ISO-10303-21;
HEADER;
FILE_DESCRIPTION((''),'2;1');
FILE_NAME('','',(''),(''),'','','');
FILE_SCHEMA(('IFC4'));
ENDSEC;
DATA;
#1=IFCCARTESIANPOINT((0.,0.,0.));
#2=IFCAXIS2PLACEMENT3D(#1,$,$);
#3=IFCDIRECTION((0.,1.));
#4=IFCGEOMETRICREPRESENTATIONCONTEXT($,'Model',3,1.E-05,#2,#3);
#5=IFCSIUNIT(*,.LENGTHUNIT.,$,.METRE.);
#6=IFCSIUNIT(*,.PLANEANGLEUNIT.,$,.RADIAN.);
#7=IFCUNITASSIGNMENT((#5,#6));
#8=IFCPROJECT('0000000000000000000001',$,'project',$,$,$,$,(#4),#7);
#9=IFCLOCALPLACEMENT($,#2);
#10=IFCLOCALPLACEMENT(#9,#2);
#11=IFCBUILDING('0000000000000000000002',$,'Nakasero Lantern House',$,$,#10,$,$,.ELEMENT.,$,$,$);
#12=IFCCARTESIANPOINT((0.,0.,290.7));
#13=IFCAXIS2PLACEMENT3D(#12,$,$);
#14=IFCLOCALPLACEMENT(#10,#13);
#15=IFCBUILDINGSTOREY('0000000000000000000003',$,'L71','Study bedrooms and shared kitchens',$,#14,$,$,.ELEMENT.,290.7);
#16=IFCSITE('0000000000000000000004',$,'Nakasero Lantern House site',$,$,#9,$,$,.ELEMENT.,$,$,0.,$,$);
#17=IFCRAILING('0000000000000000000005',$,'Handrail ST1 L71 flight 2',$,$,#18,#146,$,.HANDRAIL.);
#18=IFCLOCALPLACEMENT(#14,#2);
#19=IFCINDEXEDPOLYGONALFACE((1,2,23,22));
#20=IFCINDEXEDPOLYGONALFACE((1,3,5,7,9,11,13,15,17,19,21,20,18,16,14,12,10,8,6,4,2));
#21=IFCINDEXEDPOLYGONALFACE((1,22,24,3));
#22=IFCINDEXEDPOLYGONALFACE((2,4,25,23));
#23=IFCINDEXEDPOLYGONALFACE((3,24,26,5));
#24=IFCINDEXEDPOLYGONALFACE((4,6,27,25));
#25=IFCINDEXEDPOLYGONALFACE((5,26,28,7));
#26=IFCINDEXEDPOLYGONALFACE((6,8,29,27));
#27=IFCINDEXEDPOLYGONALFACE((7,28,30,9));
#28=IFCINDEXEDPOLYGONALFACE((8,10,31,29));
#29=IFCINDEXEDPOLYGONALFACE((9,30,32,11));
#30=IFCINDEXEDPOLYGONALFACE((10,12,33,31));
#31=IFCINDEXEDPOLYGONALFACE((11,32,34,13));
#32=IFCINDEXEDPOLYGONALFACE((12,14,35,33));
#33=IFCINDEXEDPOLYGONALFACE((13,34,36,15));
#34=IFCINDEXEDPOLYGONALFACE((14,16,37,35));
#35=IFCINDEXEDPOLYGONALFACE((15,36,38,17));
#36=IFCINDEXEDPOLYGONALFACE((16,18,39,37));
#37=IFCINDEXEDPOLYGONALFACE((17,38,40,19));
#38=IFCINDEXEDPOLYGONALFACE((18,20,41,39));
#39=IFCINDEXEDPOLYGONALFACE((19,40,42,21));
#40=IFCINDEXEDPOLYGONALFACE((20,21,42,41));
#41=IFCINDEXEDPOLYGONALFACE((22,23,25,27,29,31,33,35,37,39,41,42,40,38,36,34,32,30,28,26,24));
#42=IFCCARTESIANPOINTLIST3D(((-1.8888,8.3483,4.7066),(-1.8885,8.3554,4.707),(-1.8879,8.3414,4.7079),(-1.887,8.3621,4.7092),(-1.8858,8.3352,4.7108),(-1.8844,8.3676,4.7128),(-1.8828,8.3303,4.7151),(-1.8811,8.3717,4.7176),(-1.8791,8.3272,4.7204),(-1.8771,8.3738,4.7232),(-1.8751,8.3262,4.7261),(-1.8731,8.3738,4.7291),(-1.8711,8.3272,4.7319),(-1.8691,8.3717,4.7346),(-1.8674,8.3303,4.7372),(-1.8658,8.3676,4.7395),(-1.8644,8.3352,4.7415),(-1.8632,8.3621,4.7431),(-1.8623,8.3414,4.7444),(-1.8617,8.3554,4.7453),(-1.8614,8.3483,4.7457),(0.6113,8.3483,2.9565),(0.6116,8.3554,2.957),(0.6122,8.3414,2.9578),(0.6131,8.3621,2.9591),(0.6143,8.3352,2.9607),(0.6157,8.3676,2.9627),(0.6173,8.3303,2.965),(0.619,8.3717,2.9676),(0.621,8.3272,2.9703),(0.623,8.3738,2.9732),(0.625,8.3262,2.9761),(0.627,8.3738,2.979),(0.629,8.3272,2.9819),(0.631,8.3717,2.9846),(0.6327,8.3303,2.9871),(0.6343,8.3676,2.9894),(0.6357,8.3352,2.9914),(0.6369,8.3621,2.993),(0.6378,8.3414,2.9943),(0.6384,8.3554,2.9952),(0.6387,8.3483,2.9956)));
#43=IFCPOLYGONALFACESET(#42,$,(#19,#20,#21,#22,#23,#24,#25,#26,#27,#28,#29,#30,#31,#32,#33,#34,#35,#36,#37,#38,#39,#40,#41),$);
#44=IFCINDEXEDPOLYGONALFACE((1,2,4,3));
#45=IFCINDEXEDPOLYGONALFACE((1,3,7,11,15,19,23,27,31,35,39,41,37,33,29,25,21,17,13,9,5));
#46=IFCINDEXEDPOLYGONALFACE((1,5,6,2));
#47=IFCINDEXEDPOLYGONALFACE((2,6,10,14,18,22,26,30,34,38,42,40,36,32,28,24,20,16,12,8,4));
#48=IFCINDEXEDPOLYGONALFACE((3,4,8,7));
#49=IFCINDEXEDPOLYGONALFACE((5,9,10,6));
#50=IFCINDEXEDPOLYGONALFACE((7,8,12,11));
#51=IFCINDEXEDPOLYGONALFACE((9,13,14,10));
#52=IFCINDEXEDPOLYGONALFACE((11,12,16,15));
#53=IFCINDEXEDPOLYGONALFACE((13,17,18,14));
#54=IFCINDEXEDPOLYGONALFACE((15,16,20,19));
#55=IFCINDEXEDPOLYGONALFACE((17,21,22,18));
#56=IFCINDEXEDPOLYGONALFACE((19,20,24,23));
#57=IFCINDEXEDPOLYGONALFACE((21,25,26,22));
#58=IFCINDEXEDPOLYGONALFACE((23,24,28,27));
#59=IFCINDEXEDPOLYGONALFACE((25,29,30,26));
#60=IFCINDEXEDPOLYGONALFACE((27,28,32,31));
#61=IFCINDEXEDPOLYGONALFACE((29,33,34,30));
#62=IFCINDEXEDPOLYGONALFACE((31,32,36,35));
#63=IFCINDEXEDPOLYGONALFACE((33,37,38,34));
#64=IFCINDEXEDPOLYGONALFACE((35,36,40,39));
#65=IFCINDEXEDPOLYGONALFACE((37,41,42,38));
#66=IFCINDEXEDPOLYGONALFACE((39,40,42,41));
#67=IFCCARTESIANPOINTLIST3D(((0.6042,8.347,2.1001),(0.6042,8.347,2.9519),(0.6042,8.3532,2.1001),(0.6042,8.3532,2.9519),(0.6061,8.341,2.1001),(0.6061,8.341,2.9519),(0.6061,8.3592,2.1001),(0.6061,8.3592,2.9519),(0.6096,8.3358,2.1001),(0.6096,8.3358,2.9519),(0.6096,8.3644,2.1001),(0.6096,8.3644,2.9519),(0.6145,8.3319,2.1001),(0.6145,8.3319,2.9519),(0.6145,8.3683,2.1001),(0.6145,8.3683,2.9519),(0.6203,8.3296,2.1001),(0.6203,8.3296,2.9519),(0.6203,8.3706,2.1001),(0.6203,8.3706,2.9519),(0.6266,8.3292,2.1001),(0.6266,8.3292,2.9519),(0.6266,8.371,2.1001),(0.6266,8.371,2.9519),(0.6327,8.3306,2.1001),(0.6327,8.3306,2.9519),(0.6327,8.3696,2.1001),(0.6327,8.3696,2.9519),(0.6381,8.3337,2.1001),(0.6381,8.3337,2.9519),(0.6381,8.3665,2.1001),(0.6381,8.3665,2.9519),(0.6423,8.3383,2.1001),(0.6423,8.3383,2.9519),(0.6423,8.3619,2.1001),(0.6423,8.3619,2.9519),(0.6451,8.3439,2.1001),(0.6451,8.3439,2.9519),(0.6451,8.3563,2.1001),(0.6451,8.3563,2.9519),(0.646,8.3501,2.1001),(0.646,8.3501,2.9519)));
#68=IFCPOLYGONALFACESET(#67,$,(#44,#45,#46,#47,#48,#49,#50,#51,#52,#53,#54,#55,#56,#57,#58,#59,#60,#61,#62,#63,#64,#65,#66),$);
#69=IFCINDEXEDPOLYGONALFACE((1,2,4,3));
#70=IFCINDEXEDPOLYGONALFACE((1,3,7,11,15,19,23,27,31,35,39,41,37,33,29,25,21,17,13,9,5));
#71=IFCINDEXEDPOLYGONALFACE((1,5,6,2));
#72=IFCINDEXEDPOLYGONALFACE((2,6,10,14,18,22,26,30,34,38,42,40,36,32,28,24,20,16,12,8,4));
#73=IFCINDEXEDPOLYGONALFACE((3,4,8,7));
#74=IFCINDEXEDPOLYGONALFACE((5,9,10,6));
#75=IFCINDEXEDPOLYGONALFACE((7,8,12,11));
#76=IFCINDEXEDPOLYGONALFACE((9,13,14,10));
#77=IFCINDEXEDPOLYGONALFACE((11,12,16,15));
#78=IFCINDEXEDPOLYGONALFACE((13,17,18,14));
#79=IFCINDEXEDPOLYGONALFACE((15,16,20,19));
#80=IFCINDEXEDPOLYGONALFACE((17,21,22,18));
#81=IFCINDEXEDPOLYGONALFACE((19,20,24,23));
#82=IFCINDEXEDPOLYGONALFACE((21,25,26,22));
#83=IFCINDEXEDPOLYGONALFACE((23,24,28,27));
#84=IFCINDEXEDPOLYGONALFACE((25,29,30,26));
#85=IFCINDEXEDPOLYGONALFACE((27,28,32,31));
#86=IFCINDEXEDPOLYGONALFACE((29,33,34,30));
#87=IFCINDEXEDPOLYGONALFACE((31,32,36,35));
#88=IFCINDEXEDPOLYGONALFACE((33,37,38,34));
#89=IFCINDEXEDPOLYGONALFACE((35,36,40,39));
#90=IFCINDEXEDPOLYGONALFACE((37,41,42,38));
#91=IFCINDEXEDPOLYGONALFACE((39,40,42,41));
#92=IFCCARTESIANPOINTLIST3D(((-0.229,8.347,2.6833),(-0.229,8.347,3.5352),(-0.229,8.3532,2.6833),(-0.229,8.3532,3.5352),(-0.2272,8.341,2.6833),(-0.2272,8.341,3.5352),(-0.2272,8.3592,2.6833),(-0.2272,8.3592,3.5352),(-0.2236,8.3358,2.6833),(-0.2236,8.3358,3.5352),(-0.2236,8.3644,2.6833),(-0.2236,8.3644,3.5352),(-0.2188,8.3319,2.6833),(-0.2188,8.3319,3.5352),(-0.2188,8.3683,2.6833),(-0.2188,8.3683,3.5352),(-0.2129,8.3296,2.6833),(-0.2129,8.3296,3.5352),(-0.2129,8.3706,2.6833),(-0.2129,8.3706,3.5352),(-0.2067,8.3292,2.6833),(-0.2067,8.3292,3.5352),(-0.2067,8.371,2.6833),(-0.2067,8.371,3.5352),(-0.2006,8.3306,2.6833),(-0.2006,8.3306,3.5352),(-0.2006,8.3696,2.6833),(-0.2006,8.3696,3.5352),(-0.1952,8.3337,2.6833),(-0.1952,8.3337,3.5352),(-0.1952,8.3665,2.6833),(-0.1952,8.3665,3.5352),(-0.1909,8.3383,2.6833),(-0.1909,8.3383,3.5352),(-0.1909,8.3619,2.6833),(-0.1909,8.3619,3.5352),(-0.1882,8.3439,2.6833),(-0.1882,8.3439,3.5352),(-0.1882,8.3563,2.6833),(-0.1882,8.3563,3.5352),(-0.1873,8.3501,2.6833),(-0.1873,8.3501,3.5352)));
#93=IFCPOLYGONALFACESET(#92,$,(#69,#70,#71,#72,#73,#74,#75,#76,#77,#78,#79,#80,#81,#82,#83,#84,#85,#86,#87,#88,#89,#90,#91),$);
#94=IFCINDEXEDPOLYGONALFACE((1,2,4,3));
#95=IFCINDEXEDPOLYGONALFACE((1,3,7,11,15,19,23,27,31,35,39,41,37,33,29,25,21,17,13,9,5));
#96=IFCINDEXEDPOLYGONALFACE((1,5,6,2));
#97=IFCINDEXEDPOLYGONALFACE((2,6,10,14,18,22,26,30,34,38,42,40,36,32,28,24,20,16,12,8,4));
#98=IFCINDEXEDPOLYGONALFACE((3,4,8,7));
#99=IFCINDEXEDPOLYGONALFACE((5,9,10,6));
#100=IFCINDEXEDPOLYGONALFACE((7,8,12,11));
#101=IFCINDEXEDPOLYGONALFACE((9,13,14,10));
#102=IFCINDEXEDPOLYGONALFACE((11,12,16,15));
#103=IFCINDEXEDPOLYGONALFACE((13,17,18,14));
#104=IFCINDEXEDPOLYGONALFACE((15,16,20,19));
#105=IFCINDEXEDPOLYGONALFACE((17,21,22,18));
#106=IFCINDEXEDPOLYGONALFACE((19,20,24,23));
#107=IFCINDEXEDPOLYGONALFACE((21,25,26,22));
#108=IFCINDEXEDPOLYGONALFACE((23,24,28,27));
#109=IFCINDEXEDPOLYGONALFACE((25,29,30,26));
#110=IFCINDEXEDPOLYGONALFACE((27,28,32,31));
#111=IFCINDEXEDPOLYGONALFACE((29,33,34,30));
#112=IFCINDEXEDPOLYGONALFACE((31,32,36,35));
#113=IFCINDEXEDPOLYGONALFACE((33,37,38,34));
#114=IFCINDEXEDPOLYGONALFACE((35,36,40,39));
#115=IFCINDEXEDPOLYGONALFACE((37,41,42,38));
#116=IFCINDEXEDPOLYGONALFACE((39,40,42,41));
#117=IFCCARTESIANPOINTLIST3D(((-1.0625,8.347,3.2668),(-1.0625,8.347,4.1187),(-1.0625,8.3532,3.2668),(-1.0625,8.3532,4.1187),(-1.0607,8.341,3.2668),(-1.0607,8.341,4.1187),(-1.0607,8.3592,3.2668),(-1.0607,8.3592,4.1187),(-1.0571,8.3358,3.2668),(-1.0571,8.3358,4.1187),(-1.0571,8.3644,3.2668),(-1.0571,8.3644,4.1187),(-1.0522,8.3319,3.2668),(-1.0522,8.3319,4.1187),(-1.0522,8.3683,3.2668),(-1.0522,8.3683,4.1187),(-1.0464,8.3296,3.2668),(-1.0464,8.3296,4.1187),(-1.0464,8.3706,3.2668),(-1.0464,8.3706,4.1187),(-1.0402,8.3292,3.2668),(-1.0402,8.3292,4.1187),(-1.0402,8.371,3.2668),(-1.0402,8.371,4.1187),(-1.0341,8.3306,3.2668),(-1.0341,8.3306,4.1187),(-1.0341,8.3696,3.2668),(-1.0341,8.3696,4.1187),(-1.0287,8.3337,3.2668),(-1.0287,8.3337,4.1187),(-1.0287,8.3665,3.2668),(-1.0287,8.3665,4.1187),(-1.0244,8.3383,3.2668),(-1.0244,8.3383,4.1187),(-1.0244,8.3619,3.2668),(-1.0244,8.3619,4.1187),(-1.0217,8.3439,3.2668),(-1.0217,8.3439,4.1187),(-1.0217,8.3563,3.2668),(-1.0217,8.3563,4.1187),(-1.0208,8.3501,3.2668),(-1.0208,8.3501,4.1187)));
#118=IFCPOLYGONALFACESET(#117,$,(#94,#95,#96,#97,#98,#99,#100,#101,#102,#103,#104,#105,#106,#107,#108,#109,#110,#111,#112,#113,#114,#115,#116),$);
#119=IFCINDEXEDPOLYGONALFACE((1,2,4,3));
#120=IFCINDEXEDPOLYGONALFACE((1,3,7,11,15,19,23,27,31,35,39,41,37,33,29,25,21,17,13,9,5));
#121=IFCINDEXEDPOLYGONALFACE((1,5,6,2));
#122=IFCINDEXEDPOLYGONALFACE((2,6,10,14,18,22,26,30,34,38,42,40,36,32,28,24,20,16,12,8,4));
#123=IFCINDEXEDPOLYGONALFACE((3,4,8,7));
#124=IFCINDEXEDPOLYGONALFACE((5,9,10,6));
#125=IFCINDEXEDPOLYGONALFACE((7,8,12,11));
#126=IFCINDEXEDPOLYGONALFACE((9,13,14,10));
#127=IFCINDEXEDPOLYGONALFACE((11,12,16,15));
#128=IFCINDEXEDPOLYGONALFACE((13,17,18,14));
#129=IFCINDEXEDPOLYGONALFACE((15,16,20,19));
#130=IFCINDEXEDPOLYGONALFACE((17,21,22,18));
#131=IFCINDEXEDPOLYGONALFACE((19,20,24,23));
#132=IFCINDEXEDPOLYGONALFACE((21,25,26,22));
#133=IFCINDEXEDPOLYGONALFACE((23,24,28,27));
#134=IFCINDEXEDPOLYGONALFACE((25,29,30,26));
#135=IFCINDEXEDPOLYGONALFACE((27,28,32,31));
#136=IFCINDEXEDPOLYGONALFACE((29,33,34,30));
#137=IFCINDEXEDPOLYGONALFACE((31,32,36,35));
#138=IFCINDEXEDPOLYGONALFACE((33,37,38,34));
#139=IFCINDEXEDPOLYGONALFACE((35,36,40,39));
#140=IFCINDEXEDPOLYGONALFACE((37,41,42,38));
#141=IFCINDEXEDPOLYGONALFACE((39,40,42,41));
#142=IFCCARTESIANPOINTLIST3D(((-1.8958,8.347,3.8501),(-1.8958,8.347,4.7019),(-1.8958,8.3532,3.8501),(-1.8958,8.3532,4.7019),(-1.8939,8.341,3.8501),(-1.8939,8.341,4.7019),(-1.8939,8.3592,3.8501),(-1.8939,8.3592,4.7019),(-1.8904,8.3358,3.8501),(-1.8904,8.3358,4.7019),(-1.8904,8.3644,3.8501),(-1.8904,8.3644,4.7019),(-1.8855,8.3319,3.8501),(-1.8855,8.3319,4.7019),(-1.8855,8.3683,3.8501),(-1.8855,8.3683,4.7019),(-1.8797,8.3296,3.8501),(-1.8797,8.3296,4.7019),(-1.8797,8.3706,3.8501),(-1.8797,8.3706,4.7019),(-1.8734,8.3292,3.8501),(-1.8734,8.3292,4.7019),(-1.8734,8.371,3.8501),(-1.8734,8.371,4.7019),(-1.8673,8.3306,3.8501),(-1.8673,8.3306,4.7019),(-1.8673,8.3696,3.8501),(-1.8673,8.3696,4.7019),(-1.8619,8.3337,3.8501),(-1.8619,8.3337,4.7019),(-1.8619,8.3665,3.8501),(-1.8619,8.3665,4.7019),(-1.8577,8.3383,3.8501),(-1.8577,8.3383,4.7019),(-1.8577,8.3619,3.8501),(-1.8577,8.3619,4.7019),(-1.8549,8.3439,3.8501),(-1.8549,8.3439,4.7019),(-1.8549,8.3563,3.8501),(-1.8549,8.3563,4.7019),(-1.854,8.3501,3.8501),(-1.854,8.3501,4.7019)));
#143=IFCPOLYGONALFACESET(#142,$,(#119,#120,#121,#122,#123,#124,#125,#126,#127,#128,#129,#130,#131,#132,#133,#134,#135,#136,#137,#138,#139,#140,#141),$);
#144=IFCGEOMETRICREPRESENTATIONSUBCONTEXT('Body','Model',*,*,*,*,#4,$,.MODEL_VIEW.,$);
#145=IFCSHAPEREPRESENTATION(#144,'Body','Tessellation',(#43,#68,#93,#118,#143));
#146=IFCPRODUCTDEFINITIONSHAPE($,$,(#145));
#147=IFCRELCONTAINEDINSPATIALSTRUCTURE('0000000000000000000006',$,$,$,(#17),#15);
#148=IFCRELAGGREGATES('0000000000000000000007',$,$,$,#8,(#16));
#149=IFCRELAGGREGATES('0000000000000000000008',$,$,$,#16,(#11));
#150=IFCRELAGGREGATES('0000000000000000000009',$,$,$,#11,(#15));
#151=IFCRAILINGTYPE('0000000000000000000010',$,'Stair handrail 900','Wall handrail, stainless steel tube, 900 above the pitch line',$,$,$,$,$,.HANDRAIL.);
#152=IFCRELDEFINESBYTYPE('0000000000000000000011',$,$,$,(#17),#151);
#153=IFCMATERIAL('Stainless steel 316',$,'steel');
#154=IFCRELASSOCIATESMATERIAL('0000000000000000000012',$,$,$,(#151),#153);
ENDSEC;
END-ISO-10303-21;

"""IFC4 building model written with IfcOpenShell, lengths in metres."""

from ifc_helpers import new_model, si_unit, direction, frame, origin, origin_2d, place, context, subcontext, project, spatial, circle, extrude, material, type_object, element, save


model = new_model("IFC4")

# Units and contexts
model_context = context("Model", 3, precision=1e-05, world=origin(), true_north=direction((0.0, 1.0)))
body_context = subcontext(model_context, "Body", "Model", "MODEL_VIEW")
ifc_project = project(units=[si_unit("LENGTHUNIT", "METRE"), si_unit("PLANEANGLEUNIT", "RADIAN")], contexts=[model_context])

# Site, building, storey
site_placement = place(None, origin())
site = spatial("IfcSite", under=ifc_project, at=site_placement, Name="Nakasero Lantern House site", CompositionType="ELEMENT", RefElevation=0.0)
building_placement = place(site_placement, origin())
building = spatial("IfcBuilding", under=site, at=building_placement, Name="Nakasero Lantern House", CompositionType="ELEMENT")
storey_placement = place(building_placement, frame((0.0, 0.0, 290.7)))
storey = spatial("IfcBuildingStorey", under=building, at=storey_placement, Name="L71", Description="Study bedrooms and shared kitchens", CompositionType="ELEMENT", Elevation=290.7)

# Railing
ifc_material_1 = material(Name="Stainless steel 316", Category="steel")
railing_type = type_object("IfcRailingType", Name="Stair handrail 900", Description="Wall handrail, stainless steel tube, 900 above the pitch line", PredefinedType="HANDRAIL", material=ifc_material_1)
railing_placement = place(storey_placement, frame((0.625, 8.3501, 2.1001)))
element("IfcRailing", 1, at=railing_placement, inside=storey, type_object=railing_type, Name="Handrail ST1 L71 flight 2", PredefinedType="HANDRAIL", context=body_context, shape_type="SweptSolid", body=[
    extrude(circle(Radius=0.0239, at=origin_2d()), frame((0.0, 0.0, 0.876), z_axis=(-0.819232, 0.0, 0.573462), x_axis=(0.0, -1.0, 0.0)), (0.0, 0.0, 1.0), 3.0518),
    extrude(circle(Radius=0.021, at=origin_2d()), origin(), (0.0, 0.0, 1.0), 0.8518),
    extrude(circle(Radius=0.021, at=origin_2d()), frame((-0.8333, 0.0, 0.5833)), (0.0, 0.0, 1.0), 0.8518),
    extrude(circle(Radius=0.021, at=origin_2d()), frame((-1.6667, 0.0, 1.1667)), (0.0, 0.0, 1.0), 0.8518),
    extrude(circle(Radius=0.021, at=origin_2d()), frame((-2.5, 0.0, 1.75)), (0.0, 0.0, 1.0), 0.8518),
])

save(model, "model.ifc")
